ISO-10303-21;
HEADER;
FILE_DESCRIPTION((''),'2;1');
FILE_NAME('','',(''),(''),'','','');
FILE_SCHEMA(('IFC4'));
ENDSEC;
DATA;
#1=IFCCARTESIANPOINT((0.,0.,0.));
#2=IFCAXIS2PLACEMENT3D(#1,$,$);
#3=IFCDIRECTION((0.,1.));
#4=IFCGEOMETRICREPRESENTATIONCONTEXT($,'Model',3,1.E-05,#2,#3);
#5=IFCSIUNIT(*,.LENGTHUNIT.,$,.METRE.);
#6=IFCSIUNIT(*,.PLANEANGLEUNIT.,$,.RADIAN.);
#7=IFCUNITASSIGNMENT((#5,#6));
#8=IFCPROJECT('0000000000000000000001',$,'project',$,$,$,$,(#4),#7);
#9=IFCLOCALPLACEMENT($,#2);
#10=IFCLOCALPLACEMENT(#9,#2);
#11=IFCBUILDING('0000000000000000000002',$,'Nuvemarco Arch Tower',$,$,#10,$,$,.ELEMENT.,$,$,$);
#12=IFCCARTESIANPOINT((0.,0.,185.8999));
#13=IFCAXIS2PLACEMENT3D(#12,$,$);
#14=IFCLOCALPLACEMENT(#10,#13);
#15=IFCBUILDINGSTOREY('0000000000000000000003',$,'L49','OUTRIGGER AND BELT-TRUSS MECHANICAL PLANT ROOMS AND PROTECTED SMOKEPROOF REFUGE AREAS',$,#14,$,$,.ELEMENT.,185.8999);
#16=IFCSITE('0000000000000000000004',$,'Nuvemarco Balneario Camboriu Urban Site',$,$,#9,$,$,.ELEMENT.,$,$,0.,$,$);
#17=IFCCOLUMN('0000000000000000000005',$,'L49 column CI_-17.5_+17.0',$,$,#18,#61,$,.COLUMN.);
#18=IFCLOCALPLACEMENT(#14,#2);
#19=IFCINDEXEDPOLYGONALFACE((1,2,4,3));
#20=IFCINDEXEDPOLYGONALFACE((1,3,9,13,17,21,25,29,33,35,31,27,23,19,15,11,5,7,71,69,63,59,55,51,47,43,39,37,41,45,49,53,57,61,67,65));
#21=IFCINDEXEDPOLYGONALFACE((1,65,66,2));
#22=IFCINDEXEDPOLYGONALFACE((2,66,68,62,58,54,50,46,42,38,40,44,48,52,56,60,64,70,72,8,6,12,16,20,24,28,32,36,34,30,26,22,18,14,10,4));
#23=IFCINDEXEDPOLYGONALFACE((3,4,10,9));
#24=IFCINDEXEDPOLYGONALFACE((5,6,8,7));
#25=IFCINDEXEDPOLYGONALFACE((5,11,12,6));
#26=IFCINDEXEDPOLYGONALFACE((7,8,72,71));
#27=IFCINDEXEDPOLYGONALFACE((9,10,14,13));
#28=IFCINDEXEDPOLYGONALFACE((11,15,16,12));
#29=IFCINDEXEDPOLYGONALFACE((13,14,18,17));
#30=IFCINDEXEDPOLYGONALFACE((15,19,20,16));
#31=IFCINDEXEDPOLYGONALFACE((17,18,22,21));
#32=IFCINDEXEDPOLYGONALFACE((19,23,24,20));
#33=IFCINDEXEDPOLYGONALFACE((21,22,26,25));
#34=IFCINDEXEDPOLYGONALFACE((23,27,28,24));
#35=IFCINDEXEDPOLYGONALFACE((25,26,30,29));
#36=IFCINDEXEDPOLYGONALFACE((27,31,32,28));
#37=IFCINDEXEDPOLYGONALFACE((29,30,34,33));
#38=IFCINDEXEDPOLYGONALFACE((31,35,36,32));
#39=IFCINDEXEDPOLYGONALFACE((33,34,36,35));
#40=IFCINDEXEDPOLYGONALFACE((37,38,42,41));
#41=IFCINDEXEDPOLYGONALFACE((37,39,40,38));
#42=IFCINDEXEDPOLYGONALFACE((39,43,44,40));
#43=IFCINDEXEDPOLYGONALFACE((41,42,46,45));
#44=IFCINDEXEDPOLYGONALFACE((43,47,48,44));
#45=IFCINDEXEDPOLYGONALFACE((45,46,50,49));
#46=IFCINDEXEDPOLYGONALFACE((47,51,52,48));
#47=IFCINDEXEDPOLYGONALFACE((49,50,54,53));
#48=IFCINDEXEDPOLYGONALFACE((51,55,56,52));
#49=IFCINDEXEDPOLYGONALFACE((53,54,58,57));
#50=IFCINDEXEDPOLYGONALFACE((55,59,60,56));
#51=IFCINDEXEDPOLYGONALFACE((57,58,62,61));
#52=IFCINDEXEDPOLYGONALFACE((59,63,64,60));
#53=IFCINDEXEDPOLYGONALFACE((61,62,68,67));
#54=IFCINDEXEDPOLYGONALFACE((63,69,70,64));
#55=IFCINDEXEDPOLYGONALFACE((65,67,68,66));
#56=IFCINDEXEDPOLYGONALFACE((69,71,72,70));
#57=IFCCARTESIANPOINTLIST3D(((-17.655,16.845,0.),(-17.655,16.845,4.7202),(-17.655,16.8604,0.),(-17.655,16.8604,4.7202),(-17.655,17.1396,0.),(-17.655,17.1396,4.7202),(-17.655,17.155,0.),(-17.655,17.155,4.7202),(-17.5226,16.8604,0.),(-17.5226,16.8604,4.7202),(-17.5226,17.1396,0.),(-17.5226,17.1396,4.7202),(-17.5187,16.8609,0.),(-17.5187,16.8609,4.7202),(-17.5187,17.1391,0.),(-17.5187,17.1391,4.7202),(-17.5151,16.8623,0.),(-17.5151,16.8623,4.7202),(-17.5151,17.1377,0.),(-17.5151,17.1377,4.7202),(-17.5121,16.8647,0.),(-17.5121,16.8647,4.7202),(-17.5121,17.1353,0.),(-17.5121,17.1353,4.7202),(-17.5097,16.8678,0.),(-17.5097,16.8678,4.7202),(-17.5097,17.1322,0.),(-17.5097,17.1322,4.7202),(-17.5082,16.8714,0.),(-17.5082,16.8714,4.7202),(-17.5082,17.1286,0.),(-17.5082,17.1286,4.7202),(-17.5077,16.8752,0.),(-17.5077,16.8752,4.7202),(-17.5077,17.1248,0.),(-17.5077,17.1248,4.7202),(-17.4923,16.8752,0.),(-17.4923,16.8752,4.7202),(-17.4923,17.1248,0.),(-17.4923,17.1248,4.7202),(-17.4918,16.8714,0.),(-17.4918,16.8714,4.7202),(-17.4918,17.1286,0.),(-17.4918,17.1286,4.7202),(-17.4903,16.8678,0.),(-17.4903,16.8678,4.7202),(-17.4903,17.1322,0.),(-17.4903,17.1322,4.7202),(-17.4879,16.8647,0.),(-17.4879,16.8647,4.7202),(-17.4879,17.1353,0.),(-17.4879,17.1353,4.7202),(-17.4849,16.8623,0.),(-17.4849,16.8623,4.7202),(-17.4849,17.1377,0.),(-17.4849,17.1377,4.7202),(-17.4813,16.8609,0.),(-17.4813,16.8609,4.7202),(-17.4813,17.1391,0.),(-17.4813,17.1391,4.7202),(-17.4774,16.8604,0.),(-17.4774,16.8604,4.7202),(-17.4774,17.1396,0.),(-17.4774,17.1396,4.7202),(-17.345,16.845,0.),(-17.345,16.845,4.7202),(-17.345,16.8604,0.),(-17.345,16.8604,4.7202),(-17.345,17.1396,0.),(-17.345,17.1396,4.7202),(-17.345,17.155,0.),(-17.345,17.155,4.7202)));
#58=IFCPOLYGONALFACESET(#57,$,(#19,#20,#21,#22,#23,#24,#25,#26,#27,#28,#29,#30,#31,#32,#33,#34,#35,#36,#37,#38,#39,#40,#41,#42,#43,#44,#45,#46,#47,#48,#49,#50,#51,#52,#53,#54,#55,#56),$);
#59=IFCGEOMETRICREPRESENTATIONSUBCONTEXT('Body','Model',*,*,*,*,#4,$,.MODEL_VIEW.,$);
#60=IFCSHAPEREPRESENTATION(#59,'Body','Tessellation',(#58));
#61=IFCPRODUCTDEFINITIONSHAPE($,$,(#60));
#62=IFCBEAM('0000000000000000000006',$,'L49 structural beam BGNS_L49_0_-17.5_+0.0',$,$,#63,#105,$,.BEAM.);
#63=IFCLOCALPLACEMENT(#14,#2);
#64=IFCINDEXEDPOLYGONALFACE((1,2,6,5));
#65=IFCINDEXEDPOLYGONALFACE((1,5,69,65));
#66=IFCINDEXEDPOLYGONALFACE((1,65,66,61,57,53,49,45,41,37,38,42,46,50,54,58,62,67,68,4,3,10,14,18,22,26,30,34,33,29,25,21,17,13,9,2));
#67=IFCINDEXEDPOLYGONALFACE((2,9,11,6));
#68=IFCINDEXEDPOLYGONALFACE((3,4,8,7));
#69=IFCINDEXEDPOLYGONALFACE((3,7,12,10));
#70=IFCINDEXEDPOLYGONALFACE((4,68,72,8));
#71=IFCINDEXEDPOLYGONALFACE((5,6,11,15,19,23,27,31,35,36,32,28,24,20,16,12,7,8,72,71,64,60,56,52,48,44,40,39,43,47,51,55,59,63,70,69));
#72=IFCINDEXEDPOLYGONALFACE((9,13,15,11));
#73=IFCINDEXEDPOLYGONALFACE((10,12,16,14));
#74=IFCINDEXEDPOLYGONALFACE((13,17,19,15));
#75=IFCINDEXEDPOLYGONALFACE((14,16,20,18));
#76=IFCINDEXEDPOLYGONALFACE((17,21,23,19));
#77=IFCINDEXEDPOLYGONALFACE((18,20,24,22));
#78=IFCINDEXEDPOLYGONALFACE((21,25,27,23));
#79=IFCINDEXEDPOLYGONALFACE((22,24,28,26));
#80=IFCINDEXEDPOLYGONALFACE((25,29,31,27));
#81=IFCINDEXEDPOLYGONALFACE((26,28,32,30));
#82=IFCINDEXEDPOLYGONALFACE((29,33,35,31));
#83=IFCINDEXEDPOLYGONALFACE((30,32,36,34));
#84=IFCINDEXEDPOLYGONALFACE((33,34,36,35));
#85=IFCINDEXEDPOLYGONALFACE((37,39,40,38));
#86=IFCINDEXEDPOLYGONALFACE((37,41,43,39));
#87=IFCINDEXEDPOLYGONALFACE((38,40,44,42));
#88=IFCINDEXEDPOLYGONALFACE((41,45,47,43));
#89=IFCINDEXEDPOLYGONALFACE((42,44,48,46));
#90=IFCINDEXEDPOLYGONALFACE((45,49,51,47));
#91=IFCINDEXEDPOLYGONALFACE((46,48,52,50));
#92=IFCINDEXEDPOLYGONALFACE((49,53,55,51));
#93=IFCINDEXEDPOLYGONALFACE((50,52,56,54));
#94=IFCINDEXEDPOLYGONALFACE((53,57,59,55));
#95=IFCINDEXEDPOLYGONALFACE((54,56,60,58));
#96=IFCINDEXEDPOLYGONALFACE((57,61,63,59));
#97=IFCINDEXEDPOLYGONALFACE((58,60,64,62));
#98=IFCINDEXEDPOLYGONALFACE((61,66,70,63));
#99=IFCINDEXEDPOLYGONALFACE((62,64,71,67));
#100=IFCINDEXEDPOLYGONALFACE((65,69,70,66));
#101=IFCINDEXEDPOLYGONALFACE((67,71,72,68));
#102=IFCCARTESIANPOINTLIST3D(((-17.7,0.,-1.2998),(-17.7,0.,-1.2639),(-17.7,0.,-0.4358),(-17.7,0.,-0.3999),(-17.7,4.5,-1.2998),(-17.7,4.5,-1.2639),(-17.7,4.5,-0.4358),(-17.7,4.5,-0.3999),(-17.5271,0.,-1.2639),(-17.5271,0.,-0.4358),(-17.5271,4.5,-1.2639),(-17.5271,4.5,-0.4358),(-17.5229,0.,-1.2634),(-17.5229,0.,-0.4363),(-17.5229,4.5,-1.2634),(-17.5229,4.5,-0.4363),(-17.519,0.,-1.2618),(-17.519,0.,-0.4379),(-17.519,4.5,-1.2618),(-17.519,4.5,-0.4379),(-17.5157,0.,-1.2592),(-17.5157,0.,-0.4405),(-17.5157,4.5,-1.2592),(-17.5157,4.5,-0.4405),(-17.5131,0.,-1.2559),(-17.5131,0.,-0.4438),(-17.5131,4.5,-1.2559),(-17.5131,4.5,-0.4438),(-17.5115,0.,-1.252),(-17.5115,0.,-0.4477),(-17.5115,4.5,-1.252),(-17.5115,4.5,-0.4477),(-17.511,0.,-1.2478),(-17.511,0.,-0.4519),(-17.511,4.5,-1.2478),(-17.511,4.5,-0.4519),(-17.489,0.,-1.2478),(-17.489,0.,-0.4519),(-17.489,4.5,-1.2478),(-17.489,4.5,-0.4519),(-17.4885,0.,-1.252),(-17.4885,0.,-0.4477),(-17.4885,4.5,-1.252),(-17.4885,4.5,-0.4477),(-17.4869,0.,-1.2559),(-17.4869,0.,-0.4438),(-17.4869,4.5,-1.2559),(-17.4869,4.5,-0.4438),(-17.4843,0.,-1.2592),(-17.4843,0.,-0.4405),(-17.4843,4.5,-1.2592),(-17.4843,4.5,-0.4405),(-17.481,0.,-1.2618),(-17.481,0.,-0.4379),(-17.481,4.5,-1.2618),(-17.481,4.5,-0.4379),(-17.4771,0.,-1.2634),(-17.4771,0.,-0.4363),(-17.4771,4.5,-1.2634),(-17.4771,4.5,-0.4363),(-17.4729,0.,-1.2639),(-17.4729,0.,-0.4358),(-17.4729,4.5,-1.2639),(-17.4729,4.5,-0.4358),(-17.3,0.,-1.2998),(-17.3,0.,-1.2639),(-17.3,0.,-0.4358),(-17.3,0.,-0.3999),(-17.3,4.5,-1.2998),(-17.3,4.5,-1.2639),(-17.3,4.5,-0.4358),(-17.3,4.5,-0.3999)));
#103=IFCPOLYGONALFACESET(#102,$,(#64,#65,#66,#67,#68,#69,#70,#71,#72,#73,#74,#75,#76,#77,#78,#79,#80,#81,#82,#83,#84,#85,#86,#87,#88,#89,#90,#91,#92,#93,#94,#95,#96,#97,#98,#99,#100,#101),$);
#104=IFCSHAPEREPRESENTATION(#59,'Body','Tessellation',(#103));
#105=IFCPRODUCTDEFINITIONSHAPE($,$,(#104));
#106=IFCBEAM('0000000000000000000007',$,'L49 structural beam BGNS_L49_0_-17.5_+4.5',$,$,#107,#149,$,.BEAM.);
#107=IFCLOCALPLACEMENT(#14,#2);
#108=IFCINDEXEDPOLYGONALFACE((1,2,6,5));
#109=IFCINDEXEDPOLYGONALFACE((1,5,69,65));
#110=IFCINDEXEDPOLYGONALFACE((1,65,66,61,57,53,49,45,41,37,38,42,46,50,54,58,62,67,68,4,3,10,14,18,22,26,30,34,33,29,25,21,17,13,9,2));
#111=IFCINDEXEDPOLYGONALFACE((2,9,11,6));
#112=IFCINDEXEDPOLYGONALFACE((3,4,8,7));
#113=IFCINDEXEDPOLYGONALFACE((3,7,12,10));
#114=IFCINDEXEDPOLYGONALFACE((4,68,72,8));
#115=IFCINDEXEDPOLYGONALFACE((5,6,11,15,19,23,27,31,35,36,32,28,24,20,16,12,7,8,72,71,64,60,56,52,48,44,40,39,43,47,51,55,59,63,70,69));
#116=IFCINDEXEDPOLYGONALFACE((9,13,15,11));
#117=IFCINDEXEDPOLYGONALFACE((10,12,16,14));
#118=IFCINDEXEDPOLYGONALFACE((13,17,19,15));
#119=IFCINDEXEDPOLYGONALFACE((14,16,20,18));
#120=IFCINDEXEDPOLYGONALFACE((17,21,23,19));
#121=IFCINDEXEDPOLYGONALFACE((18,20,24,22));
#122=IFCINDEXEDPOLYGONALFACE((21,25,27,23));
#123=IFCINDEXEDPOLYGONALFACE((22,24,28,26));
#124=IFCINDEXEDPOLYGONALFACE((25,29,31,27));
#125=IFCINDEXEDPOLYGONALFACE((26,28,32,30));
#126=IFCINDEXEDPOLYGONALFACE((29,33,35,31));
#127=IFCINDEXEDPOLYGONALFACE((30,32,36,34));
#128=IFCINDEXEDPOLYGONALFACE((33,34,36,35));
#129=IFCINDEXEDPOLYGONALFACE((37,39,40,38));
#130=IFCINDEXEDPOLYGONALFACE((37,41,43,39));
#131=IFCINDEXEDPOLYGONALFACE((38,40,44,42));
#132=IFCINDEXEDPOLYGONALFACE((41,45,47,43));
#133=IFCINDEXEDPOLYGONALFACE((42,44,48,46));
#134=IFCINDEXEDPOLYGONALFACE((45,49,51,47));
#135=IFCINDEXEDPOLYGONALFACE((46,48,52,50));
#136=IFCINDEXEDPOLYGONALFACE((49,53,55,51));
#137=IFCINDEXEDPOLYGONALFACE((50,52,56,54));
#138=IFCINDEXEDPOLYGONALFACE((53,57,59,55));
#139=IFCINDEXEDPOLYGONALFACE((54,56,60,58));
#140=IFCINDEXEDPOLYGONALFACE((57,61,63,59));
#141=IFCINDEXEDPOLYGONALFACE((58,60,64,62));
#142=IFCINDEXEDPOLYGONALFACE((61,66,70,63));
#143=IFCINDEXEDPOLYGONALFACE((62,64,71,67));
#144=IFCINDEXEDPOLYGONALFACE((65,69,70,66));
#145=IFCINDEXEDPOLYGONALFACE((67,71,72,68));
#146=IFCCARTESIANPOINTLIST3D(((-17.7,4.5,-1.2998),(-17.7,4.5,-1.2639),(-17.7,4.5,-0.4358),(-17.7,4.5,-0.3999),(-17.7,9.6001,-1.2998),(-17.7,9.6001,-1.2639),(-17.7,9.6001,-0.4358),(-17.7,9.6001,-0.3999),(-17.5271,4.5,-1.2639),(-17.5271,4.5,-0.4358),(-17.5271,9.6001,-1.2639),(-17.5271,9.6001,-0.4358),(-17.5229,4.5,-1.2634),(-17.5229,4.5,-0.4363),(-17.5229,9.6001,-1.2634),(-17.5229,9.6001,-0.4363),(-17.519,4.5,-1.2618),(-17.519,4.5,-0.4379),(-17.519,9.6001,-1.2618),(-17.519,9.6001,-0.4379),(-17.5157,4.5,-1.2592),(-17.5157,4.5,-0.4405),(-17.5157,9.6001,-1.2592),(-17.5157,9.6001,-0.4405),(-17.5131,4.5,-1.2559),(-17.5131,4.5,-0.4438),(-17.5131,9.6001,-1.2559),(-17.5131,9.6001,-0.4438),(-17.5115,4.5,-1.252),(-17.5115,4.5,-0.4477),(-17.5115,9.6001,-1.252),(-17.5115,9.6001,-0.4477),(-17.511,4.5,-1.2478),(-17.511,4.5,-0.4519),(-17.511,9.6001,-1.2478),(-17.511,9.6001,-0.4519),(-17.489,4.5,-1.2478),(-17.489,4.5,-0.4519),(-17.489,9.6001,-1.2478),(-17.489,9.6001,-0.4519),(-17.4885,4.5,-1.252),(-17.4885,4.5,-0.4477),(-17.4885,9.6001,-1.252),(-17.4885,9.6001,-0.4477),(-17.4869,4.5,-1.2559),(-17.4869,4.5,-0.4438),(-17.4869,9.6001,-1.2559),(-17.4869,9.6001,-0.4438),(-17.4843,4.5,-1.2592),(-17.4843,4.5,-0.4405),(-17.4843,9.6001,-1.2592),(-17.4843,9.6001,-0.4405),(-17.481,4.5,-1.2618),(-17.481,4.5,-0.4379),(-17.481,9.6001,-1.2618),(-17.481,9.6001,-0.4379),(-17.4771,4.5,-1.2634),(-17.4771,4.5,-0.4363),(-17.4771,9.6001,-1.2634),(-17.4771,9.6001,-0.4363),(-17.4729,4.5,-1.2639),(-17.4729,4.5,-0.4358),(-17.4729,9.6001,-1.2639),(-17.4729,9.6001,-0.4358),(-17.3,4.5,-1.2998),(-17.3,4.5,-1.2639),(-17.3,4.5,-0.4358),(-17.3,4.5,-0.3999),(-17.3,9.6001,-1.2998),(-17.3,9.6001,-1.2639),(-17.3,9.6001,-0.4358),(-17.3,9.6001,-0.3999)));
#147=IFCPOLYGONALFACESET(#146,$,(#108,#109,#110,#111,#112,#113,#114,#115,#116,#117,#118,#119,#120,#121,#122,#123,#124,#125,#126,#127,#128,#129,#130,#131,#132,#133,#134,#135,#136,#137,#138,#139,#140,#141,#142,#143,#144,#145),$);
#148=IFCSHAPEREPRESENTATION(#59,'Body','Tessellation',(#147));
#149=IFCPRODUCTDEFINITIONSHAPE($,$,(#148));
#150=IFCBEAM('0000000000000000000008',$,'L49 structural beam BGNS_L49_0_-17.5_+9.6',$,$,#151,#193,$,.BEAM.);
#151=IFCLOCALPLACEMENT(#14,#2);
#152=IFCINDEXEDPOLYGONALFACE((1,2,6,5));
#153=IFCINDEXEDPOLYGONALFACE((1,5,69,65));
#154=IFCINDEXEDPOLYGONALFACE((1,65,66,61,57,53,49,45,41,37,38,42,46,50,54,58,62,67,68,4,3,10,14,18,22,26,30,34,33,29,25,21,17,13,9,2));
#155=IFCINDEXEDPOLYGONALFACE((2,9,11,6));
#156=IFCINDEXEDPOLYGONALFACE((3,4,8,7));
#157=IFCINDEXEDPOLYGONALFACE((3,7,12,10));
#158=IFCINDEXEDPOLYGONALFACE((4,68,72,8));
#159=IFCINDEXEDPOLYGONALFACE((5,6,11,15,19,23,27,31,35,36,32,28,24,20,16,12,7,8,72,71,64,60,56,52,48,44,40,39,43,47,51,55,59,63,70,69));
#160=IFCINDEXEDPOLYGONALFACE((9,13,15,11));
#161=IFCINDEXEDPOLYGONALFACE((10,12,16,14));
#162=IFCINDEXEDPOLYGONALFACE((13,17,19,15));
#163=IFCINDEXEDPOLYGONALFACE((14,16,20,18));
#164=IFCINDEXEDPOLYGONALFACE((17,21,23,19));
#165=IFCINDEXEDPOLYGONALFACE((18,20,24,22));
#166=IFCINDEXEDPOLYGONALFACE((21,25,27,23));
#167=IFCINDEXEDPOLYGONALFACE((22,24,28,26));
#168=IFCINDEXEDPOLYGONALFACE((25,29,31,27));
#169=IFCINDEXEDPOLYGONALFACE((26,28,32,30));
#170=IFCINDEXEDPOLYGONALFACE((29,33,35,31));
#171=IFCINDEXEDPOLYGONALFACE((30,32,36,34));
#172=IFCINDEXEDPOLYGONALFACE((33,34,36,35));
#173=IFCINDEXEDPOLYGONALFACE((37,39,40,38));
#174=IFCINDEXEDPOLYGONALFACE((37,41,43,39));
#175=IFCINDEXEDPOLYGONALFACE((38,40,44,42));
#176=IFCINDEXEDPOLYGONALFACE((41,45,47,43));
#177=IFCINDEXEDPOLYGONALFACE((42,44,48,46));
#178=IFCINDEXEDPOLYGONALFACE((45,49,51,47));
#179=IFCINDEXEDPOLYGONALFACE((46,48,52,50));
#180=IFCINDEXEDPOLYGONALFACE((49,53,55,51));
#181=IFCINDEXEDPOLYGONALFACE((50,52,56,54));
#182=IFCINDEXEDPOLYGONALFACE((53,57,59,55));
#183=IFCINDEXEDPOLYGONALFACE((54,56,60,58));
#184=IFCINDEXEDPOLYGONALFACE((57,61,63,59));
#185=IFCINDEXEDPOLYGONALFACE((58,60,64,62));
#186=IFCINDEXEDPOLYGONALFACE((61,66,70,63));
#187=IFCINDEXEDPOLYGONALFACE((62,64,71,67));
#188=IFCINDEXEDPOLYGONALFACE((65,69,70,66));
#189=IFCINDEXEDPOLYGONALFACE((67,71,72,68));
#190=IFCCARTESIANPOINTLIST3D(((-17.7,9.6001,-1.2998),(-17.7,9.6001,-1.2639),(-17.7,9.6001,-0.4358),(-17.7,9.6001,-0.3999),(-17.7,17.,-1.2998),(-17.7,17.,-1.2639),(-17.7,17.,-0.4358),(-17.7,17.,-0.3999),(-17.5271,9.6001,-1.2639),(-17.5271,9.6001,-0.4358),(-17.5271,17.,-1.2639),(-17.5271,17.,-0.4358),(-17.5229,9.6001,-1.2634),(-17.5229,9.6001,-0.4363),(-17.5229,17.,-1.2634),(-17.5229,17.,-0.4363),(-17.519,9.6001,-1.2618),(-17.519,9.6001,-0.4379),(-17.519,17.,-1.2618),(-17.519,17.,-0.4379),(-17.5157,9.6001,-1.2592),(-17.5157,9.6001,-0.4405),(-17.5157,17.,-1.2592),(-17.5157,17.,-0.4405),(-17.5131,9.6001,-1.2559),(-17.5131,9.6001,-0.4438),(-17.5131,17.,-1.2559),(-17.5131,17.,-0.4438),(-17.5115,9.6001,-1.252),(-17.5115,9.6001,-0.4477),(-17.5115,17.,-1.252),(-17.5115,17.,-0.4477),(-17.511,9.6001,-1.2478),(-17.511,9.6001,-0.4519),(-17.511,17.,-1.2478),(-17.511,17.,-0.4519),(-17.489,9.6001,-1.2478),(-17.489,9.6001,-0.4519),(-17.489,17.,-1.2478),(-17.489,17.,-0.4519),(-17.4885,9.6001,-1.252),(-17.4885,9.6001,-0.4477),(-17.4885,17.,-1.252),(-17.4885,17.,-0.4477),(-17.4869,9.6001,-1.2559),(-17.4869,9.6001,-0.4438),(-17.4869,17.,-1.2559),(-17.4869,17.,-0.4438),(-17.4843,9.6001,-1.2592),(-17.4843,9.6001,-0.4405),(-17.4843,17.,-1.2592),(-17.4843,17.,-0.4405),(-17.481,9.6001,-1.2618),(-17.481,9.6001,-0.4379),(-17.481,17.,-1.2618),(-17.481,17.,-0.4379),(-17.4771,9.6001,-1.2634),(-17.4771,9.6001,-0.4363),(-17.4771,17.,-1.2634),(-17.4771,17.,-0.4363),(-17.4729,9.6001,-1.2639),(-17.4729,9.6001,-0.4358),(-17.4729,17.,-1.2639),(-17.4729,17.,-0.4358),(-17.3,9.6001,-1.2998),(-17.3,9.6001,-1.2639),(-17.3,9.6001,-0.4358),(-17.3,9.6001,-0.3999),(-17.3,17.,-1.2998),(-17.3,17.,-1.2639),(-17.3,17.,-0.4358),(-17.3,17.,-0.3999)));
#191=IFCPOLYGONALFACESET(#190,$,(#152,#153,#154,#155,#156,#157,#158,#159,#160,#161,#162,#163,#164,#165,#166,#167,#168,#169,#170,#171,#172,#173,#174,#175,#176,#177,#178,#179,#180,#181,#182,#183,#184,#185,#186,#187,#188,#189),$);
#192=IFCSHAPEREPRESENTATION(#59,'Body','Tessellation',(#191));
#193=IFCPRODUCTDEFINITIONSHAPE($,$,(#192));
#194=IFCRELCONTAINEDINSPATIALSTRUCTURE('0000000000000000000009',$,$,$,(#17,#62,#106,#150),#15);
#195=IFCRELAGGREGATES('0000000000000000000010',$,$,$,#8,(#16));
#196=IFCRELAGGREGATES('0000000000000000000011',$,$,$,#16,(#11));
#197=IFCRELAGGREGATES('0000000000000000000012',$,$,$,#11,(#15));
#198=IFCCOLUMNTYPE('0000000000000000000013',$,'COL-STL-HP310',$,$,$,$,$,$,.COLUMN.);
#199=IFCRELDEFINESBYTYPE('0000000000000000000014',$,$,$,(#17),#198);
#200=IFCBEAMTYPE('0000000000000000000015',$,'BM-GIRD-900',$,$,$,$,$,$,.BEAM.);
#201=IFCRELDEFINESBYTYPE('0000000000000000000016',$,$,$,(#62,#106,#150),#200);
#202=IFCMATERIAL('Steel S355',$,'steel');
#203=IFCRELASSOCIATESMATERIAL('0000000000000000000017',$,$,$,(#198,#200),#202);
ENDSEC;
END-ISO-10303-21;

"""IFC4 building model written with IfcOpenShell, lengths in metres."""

from ifc_helpers import new_model, si_unit, direction, frame, origin, origin_2d, place, context, subcontext, project, spatial, i_section, extrude, material, material_profile, profile_set, type_object, element, save


model = new_model("IFC4")

# Units and contexts
model_context = context("Model", 3, precision=1e-05, world=origin(), true_north=direction((0.0, 1.0)))
body_context = subcontext(model_context, "Body", "Model", "MODEL_VIEW")
ifc_project = project(units=[si_unit("LENGTHUNIT", "METRE"), si_unit("PLANEANGLEUNIT", "RADIAN")], contexts=[model_context])

# Site, building, storey
site_placement = place(None, origin())
site = spatial("IfcSite", under=ifc_project, at=site_placement, Name="Nuvemarco Balneario Camboriu Urban Site", CompositionType="ELEMENT", RefElevation=0.0)
building_placement = place(site_placement, origin())
building = spatial("IfcBuilding", under=site, at=building_placement, Name="Nuvemarco Arch Tower", CompositionType="ELEMENT")
storey_placement = place(building_placement, frame((0.0, 0.0, 185.8999)))
storey = spatial("IfcBuildingStorey", under=building, at=storey_placement, Name="L49", Description="OUTRIGGER AND BELT-TRUSS MECHANICAL PLANT ROOMS AND PROTECTED SMOKEPROOF REFUGE AREAS", CompositionType="ELEMENT", Elevation=185.8999)

# Column
ifc_material_1 = material(Name="Steel S355", Category="steel")
ifc_material_profile_1 = material_profile(ifc_material_1, i_section(OverallWidth=0.3101, OverallDepth=0.3101, WebThickness=0.0154, FlangeThickness=0.0154, FilletRadius=0.0149, at=origin_2d()), Name="HP310x110")
ifc_profile_set_1 = profile_set([ifc_material_profile_1], Name="Steel S355")
column_type_1 = type_object("IfcColumnType", Name="COL-STL-HP310", PredefinedType="COLUMN", material=ifc_profile_set_1)
column_placement = place(storey_placement, frame((-17.5, 17.0, 0.0), z_axis=(0.0, 0.0, 1.0), x_axis=(1.0, 0.0, 0.0)))
element("IfcColumn", 1, at=column_placement, inside=storey, type_object=column_type_1, Name="L49 column CI_-17.5_+17.0", PredefinedType="COLUMN", context=body_context, shape_type="SweptSolid", body=[
    extrude(i_section(OverallWidth=0.3101, OverallDepth=0.3101, WebThickness=0.0154, FlangeThickness=0.0154, FilletRadius=0.0149, at=origin_2d()), origin(), (0.0, 0.0, 1.0), 4.7202),
])

# Beams
ifc_material_profile_2 = material_profile(ifc_material_1, i_section(OverallWidth=0.3999, OverallDepth=0.8999, WebThickness=0.022, FlangeThickness=0.0359, FilletRadius=0.0161, at=origin_2d()), Name="PG900x400")
ifc_profile_set_2 = profile_set([ifc_material_profile_2], Name="Steel S355")
beam_type_1 = type_object("IfcBeamType", Name="BM-GIRD-900", PredefinedType="BEAM", material=ifc_profile_set_2)
beam_1_placement = place(storey_placement, frame((-17.5, 0.0, -0.8499), z_axis=(0.0, 1.0, 0.0), x_axis=(-1.0, 0.0, 0.0)))
element("IfcBeam", 2, at=beam_1_placement, inside=storey, type_object=beam_type_1, Name="L49 structural beam BGNS_L49_0_-17.5_+0.0", PredefinedType="BEAM", context=body_context, shape_type="SweptSolid", body=[
    extrude(i_section(OverallWidth=0.3999, OverallDepth=0.8999, WebThickness=0.022, FlangeThickness=0.0359, FilletRadius=0.0161, at=origin_2d()), origin(), (0.0, 0.0, 1.0), 4.5),
])
beam_2_placement = place(storey_placement, frame((-17.5, 4.5, -0.8499), z_axis=(0.0, 1.0, 0.0), x_axis=(-1.0, 0.0, 0.0)))
element("IfcBeam", 3, at=beam_2_placement, inside=storey, type_object=beam_type_1, Name="L49 structural beam BGNS_L49_0_-17.5_+4.5", PredefinedType="BEAM", context=body_context, shape_type="SweptSolid", body=[
    extrude(i_section(OverallWidth=0.3999, OverallDepth=0.8999, WebThickness=0.022, FlangeThickness=0.0359, FilletRadius=0.0161, at=origin_2d()), origin(), (0.0, 0.0, 1.0), 5.1001),
])
beam_3_placement = place(storey_placement, frame((-17.5, 9.6001, -0.8499), z_axis=(0.0, 1.0, 0.0), x_axis=(-1.0, 0.0, 0.0)))
element("IfcBeam", 4, at=beam_3_placement, inside=storey, type_object=beam_type_1, Name="L49 structural beam BGNS_L49_0_-17.5_+9.6", PredefinedType="BEAM", context=body_context, shape_type="SweptSolid", body=[
    extrude(i_section(OverallWidth=0.3999, OverallDepth=0.8999, WebThickness=0.022, FlangeThickness=0.0359, FilletRadius=0.0161, at=origin_2d()), origin(), (0.0, 0.0, 1.0), 7.3999),
])

save(model, "model.ifc")
